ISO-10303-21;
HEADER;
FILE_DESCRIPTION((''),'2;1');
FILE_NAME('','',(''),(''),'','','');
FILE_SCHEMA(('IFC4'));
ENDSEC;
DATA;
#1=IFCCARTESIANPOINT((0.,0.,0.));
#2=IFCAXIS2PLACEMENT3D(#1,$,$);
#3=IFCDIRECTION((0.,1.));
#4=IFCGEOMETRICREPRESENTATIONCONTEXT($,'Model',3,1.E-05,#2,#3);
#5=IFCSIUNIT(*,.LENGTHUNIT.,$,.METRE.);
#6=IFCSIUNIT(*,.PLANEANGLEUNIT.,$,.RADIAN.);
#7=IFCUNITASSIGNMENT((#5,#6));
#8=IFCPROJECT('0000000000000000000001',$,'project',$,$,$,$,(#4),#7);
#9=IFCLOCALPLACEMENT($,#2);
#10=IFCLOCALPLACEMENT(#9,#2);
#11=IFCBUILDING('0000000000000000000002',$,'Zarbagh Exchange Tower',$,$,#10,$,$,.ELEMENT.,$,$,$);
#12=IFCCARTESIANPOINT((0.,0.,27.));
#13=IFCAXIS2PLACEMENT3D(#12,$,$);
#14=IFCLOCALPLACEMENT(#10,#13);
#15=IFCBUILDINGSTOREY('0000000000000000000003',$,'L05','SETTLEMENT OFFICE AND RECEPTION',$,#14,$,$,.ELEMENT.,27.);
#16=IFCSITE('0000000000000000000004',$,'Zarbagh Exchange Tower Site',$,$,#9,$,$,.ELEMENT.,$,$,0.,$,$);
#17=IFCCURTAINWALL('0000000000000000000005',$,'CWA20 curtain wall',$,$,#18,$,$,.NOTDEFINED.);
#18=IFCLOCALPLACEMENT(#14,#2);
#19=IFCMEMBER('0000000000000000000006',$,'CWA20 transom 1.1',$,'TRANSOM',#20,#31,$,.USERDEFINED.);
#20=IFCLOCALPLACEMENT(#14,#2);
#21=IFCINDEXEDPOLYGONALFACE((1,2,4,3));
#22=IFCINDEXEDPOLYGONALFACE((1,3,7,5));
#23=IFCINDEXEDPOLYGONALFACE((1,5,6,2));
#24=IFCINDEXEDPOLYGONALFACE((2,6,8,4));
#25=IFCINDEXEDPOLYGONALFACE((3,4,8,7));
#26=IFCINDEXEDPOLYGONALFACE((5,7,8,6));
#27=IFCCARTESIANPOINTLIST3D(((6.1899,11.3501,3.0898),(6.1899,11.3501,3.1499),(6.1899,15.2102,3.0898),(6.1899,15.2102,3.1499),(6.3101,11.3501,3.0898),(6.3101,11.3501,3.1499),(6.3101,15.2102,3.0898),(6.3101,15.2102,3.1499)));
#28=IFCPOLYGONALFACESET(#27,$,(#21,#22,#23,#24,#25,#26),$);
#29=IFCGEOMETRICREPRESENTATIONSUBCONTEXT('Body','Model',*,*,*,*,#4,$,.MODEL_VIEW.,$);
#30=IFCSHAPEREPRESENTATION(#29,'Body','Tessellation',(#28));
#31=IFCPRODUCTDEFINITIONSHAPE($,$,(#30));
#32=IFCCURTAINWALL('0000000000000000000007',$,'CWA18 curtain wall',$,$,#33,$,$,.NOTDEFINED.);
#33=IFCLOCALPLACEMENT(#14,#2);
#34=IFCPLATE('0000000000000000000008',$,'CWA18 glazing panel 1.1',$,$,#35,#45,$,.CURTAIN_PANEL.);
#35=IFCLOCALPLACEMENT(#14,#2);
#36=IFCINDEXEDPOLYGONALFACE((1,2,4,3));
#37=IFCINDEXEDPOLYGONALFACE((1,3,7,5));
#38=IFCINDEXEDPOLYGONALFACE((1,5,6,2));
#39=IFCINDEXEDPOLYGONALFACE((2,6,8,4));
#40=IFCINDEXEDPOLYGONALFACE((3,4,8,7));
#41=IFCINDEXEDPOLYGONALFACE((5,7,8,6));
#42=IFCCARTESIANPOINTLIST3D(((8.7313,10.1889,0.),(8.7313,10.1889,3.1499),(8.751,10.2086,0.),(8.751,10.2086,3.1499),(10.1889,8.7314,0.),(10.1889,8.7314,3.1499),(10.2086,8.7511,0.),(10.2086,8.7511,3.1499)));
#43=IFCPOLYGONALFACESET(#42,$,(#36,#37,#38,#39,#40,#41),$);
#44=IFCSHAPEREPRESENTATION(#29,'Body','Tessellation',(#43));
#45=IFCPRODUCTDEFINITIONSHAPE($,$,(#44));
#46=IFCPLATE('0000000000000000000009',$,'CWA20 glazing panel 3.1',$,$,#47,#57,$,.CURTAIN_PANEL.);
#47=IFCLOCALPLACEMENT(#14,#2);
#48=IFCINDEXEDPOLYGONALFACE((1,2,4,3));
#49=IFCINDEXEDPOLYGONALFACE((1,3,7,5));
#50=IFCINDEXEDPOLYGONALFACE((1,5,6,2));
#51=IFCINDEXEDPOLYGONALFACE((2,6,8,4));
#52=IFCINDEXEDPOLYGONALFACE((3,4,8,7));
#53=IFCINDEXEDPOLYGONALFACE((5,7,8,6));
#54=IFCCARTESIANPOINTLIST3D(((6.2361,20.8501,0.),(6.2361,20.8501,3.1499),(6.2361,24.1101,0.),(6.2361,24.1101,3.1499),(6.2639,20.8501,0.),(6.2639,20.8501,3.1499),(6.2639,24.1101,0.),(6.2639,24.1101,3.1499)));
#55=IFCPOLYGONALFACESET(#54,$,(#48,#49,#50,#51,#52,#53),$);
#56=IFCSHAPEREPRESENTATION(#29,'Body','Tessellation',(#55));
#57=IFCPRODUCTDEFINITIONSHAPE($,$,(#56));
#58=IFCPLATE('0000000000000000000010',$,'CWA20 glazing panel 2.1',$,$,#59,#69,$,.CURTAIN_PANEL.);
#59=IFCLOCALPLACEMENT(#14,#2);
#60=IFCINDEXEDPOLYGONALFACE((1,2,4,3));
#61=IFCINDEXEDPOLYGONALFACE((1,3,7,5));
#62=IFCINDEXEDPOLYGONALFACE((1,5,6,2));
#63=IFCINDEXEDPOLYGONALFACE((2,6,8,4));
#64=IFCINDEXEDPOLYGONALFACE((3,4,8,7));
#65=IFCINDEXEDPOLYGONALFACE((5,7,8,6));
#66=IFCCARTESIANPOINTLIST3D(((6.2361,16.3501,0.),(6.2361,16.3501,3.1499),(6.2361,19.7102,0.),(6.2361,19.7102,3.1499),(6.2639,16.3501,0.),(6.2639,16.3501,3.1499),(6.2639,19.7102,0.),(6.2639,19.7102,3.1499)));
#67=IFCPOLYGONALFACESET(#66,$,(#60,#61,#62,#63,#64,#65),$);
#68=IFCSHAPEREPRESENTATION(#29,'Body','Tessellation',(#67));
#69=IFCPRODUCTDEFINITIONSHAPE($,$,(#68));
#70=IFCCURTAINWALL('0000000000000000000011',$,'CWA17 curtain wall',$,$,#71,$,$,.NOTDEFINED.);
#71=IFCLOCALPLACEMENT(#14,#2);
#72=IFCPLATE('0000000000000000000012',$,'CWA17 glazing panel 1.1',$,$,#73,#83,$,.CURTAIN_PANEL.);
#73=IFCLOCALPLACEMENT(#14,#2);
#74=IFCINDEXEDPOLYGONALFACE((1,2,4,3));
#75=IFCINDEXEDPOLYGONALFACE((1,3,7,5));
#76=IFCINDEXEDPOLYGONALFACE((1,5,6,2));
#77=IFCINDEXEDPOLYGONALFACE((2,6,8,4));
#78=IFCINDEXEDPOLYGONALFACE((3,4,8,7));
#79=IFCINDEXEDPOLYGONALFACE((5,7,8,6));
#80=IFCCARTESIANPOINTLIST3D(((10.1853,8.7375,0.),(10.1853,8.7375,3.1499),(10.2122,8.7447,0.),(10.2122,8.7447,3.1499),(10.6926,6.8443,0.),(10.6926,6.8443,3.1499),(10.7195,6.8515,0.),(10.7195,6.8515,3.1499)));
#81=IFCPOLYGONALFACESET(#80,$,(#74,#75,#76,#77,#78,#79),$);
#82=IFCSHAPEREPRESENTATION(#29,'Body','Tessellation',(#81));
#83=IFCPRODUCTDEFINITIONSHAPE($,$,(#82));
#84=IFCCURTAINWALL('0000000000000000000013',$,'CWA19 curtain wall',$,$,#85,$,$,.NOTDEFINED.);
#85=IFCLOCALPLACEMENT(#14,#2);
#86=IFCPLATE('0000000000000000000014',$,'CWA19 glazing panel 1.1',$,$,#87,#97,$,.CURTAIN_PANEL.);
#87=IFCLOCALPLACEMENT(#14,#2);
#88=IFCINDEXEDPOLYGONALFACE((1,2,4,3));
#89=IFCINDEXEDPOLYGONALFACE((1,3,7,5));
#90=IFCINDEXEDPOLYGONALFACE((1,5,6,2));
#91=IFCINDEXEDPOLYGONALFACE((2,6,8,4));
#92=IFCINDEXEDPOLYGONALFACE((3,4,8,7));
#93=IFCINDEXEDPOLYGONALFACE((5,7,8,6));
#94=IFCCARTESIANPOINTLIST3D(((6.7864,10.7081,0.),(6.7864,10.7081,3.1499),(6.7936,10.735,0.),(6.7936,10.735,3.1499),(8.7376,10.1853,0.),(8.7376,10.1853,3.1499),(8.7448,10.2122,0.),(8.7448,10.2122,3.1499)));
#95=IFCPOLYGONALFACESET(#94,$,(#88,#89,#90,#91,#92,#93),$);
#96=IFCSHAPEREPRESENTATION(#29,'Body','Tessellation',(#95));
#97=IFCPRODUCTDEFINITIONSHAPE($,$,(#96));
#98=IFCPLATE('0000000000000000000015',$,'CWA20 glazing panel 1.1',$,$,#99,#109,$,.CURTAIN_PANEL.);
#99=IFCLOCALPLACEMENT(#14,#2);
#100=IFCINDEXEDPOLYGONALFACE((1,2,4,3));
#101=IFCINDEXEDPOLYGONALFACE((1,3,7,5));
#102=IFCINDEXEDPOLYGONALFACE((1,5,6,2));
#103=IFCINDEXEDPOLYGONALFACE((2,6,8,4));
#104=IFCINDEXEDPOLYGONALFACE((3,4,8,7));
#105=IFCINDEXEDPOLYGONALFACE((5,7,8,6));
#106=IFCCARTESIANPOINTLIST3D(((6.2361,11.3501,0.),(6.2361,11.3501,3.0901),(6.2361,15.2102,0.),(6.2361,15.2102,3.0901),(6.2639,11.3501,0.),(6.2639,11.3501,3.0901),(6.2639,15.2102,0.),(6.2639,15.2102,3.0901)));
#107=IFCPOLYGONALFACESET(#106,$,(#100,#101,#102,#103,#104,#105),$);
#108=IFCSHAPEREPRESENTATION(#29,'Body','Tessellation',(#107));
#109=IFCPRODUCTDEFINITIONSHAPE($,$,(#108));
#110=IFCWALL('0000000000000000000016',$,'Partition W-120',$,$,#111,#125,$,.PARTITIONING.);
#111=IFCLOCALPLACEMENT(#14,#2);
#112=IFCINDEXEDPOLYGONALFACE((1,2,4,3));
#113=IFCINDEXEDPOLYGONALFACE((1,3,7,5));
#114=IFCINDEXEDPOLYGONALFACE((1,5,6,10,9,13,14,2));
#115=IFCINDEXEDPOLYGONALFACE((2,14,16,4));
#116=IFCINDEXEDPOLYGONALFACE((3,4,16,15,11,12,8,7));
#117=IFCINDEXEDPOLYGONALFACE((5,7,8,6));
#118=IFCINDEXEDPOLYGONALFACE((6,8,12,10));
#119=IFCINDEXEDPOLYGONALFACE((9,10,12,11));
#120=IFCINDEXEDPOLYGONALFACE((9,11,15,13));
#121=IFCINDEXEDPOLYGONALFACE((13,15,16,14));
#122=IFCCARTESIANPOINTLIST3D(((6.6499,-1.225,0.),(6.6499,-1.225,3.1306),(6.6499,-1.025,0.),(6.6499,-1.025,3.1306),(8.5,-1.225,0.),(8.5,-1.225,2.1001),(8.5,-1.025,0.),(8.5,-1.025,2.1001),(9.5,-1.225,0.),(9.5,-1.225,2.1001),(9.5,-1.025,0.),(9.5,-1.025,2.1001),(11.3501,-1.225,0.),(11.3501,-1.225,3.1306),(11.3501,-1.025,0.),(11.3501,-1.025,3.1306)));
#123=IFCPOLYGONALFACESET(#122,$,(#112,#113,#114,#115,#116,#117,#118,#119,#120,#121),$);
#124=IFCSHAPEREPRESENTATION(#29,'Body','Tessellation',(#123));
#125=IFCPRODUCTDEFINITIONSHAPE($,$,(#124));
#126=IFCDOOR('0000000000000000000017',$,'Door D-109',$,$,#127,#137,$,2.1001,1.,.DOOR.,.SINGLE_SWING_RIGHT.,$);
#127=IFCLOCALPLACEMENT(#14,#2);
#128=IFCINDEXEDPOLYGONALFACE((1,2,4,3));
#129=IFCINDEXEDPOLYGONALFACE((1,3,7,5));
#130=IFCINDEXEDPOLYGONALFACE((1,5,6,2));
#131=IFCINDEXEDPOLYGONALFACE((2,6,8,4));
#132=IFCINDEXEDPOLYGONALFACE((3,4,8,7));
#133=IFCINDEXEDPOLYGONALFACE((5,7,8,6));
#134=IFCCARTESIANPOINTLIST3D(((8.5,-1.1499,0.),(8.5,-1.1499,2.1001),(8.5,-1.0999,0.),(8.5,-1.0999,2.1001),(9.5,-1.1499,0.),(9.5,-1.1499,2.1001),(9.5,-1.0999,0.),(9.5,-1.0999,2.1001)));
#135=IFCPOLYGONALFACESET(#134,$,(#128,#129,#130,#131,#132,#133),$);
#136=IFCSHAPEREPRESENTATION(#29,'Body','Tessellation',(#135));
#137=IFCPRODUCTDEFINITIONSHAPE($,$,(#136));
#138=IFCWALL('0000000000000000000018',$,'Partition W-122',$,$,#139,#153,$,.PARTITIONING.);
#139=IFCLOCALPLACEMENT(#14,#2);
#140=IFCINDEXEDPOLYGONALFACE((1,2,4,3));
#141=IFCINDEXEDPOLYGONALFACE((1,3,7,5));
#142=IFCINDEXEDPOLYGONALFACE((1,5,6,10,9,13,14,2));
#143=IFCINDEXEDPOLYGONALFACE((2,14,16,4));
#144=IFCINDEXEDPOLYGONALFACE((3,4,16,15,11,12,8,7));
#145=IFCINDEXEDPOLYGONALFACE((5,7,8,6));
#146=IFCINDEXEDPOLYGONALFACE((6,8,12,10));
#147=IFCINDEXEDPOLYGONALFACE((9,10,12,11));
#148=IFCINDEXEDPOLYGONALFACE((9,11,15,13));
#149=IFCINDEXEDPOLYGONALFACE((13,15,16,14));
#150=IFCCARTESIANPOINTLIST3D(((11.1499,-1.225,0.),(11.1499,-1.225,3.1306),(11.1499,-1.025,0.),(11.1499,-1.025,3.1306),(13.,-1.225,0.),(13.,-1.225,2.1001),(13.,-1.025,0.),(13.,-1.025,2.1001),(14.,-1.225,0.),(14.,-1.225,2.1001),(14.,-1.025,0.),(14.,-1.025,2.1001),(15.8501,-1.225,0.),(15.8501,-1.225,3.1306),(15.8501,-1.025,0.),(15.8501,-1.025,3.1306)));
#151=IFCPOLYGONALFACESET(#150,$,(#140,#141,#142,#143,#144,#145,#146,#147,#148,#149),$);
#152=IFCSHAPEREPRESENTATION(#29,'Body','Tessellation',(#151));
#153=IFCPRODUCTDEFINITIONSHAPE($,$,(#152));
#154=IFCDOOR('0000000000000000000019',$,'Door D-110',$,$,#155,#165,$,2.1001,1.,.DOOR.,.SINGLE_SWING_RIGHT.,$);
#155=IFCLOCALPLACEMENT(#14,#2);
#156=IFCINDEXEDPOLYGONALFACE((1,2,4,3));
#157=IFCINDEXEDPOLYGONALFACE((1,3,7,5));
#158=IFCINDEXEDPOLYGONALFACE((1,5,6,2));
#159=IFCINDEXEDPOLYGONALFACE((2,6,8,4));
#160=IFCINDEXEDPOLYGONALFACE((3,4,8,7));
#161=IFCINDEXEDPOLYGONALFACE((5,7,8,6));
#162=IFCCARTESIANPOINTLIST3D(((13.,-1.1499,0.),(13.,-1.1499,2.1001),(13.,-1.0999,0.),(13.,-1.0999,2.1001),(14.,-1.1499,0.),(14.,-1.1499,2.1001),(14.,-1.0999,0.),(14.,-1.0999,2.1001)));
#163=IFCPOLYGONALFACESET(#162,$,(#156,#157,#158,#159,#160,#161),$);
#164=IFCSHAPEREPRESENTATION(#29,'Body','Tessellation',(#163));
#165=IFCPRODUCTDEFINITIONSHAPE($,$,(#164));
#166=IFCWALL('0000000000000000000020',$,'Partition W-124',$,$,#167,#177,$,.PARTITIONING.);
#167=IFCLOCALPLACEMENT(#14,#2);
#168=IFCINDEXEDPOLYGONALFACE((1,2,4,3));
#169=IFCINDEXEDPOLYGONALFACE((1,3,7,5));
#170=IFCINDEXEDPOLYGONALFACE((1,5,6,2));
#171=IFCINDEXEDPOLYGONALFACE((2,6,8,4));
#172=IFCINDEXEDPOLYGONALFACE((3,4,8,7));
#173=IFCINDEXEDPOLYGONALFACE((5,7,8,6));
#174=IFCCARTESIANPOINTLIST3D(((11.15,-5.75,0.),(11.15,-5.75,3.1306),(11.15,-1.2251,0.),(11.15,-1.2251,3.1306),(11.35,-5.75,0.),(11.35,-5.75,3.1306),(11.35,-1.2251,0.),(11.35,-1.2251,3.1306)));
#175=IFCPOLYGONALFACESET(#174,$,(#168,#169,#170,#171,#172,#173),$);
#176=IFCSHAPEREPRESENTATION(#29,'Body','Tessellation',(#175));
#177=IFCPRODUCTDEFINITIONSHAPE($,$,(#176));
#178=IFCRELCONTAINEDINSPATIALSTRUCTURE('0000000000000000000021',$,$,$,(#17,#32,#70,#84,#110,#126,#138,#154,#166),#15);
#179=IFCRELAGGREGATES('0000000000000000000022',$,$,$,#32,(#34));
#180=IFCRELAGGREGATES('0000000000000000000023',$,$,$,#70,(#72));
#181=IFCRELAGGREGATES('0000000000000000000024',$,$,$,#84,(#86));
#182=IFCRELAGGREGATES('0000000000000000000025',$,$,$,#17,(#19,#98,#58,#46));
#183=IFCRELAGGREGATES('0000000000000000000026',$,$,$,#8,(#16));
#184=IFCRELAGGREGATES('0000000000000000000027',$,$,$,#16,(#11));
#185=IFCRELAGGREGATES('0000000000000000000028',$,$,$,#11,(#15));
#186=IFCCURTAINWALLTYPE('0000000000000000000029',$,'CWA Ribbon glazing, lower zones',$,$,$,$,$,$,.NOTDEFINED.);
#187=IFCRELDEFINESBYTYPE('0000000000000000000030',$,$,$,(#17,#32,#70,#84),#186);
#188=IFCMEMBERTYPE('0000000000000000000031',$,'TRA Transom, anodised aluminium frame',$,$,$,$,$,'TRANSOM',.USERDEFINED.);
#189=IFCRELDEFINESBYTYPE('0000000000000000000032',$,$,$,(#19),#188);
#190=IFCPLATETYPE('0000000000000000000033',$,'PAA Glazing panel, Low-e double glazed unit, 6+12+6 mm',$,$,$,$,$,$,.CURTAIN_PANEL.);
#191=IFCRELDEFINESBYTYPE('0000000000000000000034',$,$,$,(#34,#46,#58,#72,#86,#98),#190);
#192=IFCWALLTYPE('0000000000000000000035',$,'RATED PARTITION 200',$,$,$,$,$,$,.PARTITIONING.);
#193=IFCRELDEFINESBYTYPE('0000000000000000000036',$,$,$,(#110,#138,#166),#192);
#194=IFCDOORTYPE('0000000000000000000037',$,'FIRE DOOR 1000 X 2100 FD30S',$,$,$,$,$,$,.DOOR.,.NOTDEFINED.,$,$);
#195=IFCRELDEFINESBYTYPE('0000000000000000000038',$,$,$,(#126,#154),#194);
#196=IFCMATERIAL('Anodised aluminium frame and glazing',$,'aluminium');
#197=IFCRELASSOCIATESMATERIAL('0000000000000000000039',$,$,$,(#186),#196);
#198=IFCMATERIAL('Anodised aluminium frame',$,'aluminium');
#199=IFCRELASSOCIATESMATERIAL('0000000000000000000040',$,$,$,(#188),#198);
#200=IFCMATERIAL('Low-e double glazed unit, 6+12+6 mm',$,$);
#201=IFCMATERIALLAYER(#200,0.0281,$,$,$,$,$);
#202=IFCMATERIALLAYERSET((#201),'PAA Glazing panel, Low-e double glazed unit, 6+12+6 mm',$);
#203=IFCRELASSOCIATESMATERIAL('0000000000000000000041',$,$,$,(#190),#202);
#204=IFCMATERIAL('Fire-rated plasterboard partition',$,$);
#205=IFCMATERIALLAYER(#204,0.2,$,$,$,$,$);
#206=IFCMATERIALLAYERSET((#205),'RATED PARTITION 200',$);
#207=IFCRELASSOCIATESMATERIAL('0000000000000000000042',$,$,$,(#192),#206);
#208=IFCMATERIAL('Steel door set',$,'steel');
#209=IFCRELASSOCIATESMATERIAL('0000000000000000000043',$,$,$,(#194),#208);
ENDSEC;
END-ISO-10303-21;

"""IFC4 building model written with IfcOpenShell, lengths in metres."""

from ifc_helpers import new_model, si_unit, direction, frame, frame_2d, origin, place, context, subcontext, project, spatial, polyline, rectangle, outline, extrude, source, transform, mapped, material, layer, layer_set, type_object, element, fill, aggregate, save


model = new_model("IFC4")

# Units and contexts
model_context = context("Model", 3, precision=1e-05, world=origin(), true_north=direction((0.0, 1.0)))
body_context = subcontext(model_context, "Body", "Model", "MODEL_VIEW")
ifc_project = project(units=[si_unit("LENGTHUNIT", "METRE"), si_unit("PLANEANGLEUNIT", "RADIAN")], contexts=[model_context])

# Site, building, storey
site_placement = place(None, origin())
site = spatial("IfcSite", under=ifc_project, at=site_placement, Name="Zarbagh Exchange Tower Site", CompositionType="ELEMENT", RefElevation=0.0)
building_placement = place(site_placement, origin())
building = spatial("IfcBuilding", under=site, at=building_placement, Name="Zarbagh Exchange Tower", CompositionType="ELEMENT")
storey_placement = place(building_placement, frame((0.0, 0.0, 27.0)))
storey = spatial("IfcBuildingStorey", under=building, at=storey_placement, Name="L05", Description="SETTLEMENT OFFICE AND RECEPTION", CompositionType="ELEMENT", Elevation=27.0)

# Curtain wall, member
ifc_material_1 = material(Name="Anodised aluminium frame and glazing", Category="aluminium")
curtain_wall_type = type_object("IfcCurtainWallType", Name="CWA Ribbon glazing, lower zones", PredefinedType="NOTDEFINED", material=ifc_material_1)
curtain_wall_1_placement = place(storey_placement, origin())
curtain_wall_1 = element("IfcCurtainWall", 1, at=curtain_wall_1_placement, inside=storey, type_object=curtain_wall_type, Name="CWA20 curtain wall", PredefinedType="NOTDEFINED")
ifc_material_2 = material(Name="Anodised aluminium frame", Category="aluminium")
placement = place(storey_placement, origin())
member_type_1 = type_object("IfcMemberType", Name="TRA Transom, anodised aluminium frame", ElementType="TRANSOM", PredefinedType="USERDEFINED", material=ifc_material_2)
shared_shape_1 = source(origin(), body_context, "Body", "SweptSolid", [
    extrude(outline(polyline([(-0.0601, -0.0601), (0.0, -0.0601), (0.0, 0.0601), (-0.0601, 0.0601), (-0.0601, -0.0601)])), origin(), (0.0, 0.0, 1.0), 3.8601),
])
member_1 = element("IfcMember", 2, at=placement, type_object=member_type_1, Name="CWA20 transom 1.1", ObjectType="TRANSOM", PredefinedType="USERDEFINED", context=body_context, shape_type="MappedRepresentation", body=[
    mapped(shared_shape_1, transform((6.25, 11.3501, 3.1499), x_axis=(0.0, 0.0, 1.0), y_axis=(1.0, 0.0, 0.0), z_axis=(0.0, 1.0, 0.0))),
])

# Curtain wall, plate
curtain_wall_2_placement = place(storey_placement, origin())
curtain_wall_2 = element("IfcCurtainWall", 3, at=curtain_wall_2_placement, inside=storey, type_object=curtain_wall_type, Name="CWA18 curtain wall", PredefinedType="NOTDEFINED")
ifc_material_3 = material(Name="Low-e double glazed unit, 6+12+6 mm")
ifc_layer_1 = layer(ifc_material_3, 0.0281)
ifc_layer_set_1 = layer_set([ifc_layer_1], Name="PAA Glazing panel, Low-e double glazed unit, 6+12+6 mm")
plate_type = type_object("IfcPlateType", Name="PAA Glazing panel, Low-e double glazed unit, 6+12+6 mm", PredefinedType="CURTAIN_PANEL", material=ifc_layer_set_1)
shared_shape_2 = source(origin(), body_context, "Body", "SweptSolid", [
    extrude(outline(polyline([(0.0, -0.0139), (2.0613, -0.0139), (2.0613, 0.0139), (0.0, 0.0139), (0.0, -0.0139)])), origin(), (0.0, 0.0, 1.0), 3.1499),
])
plate_1 = element("IfcPlate", 4, at=placement, type_object=plate_type, Name="CWA18 glazing panel 1.1", PredefinedType="CURTAIN_PANEL", context=body_context, shape_type="MappedRepresentation", body=[
    mapped(shared_shape_2, transform((10.1987, 8.7412, 0.0), x_axis=(-0.707107, 0.707107, 0.0), y_axis=(-0.707107, -0.707107, 0.0), z_axis=(0.0, 0.0, 1.0))),
])
aggregate(curtain_wall_2, [plate_1])

# Plates
shared_shape_3 = source(origin(), body_context, "Body", "SweptSolid", [
    extrude(outline(polyline([(0.0, -0.0139), (3.26, -0.0139), (3.26, 0.0139), (0.0, 0.0139), (0.0, -0.0139)])), origin(), (0.0, 0.0, 1.0), 3.1499),
])
plate_2 = element("IfcPlate", 5, at=placement, type_object=plate_type, Name="CWA20 glazing panel 3.1", PredefinedType="CURTAIN_PANEL", context=body_context, shape_type="MappedRepresentation", body=[
    mapped(shared_shape_3, transform((6.25, 20.8501, 0.0), x_axis=(0.0, 1.0, 0.0), y_axis=(-1.0, 0.0, 0.0), z_axis=(0.0, 0.0, 1.0))),
])
shared_shape_4 = source(origin(), body_context, "Body", "SweptSolid", [
    extrude(outline(polyline([(0.0, -0.0139), (3.3601, -0.0139), (3.3601, 0.0139), (0.0, 0.0139), (0.0, -0.0139)])), origin(), (0.0, 0.0, 1.0), 3.1499),
])
plate_3 = element("IfcPlate", 6, at=placement, type_object=plate_type, Name="CWA20 glazing panel 2.1", PredefinedType="CURTAIN_PANEL", context=body_context, shape_type="MappedRepresentation", body=[
    mapped(shared_shape_4, transform((6.25, 16.3501, 0.0), x_axis=(0.0, 1.0, 0.0), y_axis=(-1.0, 0.0, 0.0), z_axis=(0.0, 0.0, 1.0))),
])

# Curtain walls, plates
curtain_wall_3_placement = place(storey_placement, origin())
curtain_wall_3 = element("IfcCurtainWall", 7, at=curtain_wall_3_placement, inside=storey, type_object=curtain_wall_type, Name="CWA17 curtain wall", PredefinedType="NOTDEFINED")
shared_shape_5 = source(origin(), body_context, "Body", "SweptSolid", [
    extrude(outline(polyline([(0.0, -0.0139), (1.96, -0.0139), (1.96, 0.0139), (0.0, 0.0139), (0.0, -0.0139)])), origin(), (0.0, 0.0, 1.0), 3.1499),
])
plate_4 = element("IfcPlate", 8, at=placement, type_object=plate_type, Name="CWA17 glazing panel 1.1", PredefinedType="CURTAIN_PANEL", context=body_context, shape_type="MappedRepresentation", body=[
    mapped(shared_shape_5, transform((10.7061, 6.8479, 0.0), x_axis=(-0.258825, 0.965924, 0.0), y_axis=(-0.965924, -0.258825, 0.0), z_axis=(0.0, 0.0, 1.0))),
])
aggregate(curtain_wall_3, [plate_4])
curtain_wall_4_placement = place(storey_placement, origin())
curtain_wall_4 = element("IfcCurtainWall", 9, at=curtain_wall_4_placement, inside=storey, type_object=curtain_wall_type, Name="CWA19 curtain wall", PredefinedType="NOTDEFINED")
shared_shape_6 = source(origin(), body_context, "Body", "SweptSolid", [
    extrude(outline(polyline([(0.0, -0.0139), (2.02, -0.0139), (2.02, 0.0139), (0.0, 0.0139), (0.0, -0.0139)])), origin(), (0.0, 0.0, 1.0), 3.1499),
])
plate_5 = element("IfcPlate", 10, at=placement, type_object=plate_type, Name="CWA19 glazing panel 1.1", PredefinedType="CURTAIN_PANEL", context=body_context, shape_type="MappedRepresentation", body=[
    mapped(shared_shape_6, transform((8.7412, 10.1987, 0.0), x_axis=(-0.965924, 0.258825, 0.0), y_axis=(-0.258825, -0.965924, 0.0), z_axis=(0.0, 0.0, 1.0))),
])
aggregate(curtain_wall_4, [plate_5])

# Plate
shared_shape_7 = source(origin(), body_context, "Body", "SweptSolid", [
    extrude(outline(polyline([(0.0, -0.0139), (3.8601, -0.0139), (3.8601, 0.0139), (0.0, 0.0139), (0.0, -0.0139)])), origin(), (0.0, 0.0, 1.0), 3.0901),
])
plate_6 = element("IfcPlate", 11, at=placement, type_object=plate_type, Name="CWA20 glazing panel 1.1", PredefinedType="CURTAIN_PANEL", context=body_context, shape_type="MappedRepresentation", body=[
    mapped(shared_shape_7, transform((6.25, 11.3501, 0.0), x_axis=(0.0, 1.0, 0.0), y_axis=(-1.0, 0.0, 0.0), z_axis=(0.0, 0.0, 1.0))),
])
aggregate(curtain_wall_1, [member_1, plate_6, plate_3, plate_2])

# Walls, openings, doors
ifc_material_4 = material(Name="Fire-rated plasterboard partition")
ifc_layer_2 = layer(ifc_material_4, 0.2)
ifc_layer_set_2 = layer_set([ifc_layer_2], Name="RATED PARTITION 200")
wall_type = type_object("IfcWallType", Name="RATED PARTITION 200", PredefinedType="PARTITIONING", material=ifc_layer_set_2)
wall_1_placement = place(storey_placement, frame((11.3501, -1.125, 0.0), z_axis=(0.0, 0.0, 1.0), x_axis=(-1.0, 0.0, 0.0)))
wall_1 = element("IfcWall", 12, at=wall_1_placement, inside=storey, type_object=wall_type, Name="Partition W-120", PredefinedType="PARTITIONING", context=body_context, shape_type="SweptSolid", body=[
    extrude(rectangle(XDim=4.7002, YDim=0.2, at=frame_2d((2.3501, 0.0))), origin(), (0.0, 0.0, 1.0), 3.1306),
])
opening_1_placement = place(wall_1_placement, frame((1.8501, 0.0, 0.0)))
opening_1 = element("IfcOpeningElement", 13, at=opening_1_placement, cuts=wall_1, PredefinedType="OPENING", context=body_context, shape_type="SweptSolid", body=[
    extrude(rectangle(XDim=1.0, YDim=2.1001, at=frame_2d((0.5, 1.05))), frame((0.0, 0.1099, 0.0), z_axis=(0.0, -1.0, 0.0), x_axis=(1.0, 0.0, 0.0)), (0.0, 0.0, 1.0), 0.22),
])
ifc_material_5 = material(Name="Steel door set", Category="steel")
door_type = type_object("IfcDoorType", Name="FIRE DOOR 1000 X 2100 FD30S", OperationType="NOTDEFINED", PredefinedType="DOOR", material=ifc_material_5)
door_1_placement = place(opening_1_placement, origin())
door_1 = element("IfcDoor", 14, at=door_1_placement, inside=storey, type_object=door_type, Name="Door D-109", OperationType="SINGLE_SWING_RIGHT", OverallHeight=2.1001, OverallWidth=1.0, PredefinedType="DOOR", context=body_context, shape_type="SweptSolid", body=[
    extrude(rectangle(XDim=1.0, YDim=2.1001, at=frame_2d((0.5, 1.05))), frame((0.0, 0.0249, 0.0), z_axis=(0.0, -1.0, 0.0), x_axis=(1.0, 0.0, 0.0)), (0.0, 0.0, 1.0), 0.05),
])
fill(opening_1, door_1)
wall_2_placement = place(storey_placement, frame((15.8501, -1.125, 0.0), z_axis=(0.0, 0.0, 1.0), x_axis=(-1.0, 0.0, 0.0)))
wall_2 = element("IfcWall", 15, at=wall_2_placement, inside=storey, type_object=wall_type, Name="Partition W-122", PredefinedType="PARTITIONING", context=body_context, shape_type="SweptSolid", body=[
    extrude(rectangle(XDim=4.7002, YDim=0.2, at=frame_2d((2.3501, 0.0))), origin(), (0.0, 0.0, 1.0), 3.1306),
])
opening_2_placement = place(wall_2_placement, frame((1.8501, 0.0, 0.0)))
opening_2 = element("IfcOpeningElement", 16, at=opening_2_placement, cuts=wall_2, PredefinedType="OPENING", context=body_context, shape_type="SweptSolid", body=[
    extrude(rectangle(XDim=1.0, YDim=2.1001, at=frame_2d((0.5, 1.05))), frame((0.0, 0.1099, 0.0), z_axis=(0.0, -1.0, 0.0), x_axis=(1.0, 0.0, 0.0)), (0.0, 0.0, 1.0), 0.22),
])
door_2_placement = place(opening_2_placement, origin())
door_2 = element("IfcDoor", 17, at=door_2_placement, inside=storey, type_object=door_type, Name="Door D-110", OperationType="SINGLE_SWING_RIGHT", OverallHeight=2.1001, OverallWidth=1.0, PredefinedType="DOOR", context=body_context, shape_type="SweptSolid", body=[
    extrude(rectangle(XDim=1.0, YDim=2.1001, at=frame_2d((0.5, 1.05))), frame((0.0, 0.0249, 0.0), z_axis=(0.0, -1.0, 0.0), x_axis=(1.0, 0.0, 0.0)), (0.0, 0.0, 1.0), 0.05),
])
fill(opening_2, door_2)

# Wall
wall_3_placement = place(storey_placement, frame((11.25, -5.75, 0.0), z_axis=(0.0, 0.0, 1.0), x_axis=(0.0, 1.0, 0.0)))
element("IfcWall", 18, at=wall_3_placement, inside=storey, type_object=wall_type, Name="Partition W-124", PredefinedType="PARTITIONING", context=body_context, shape_type="SweptSolid", body=[
    extrude(rectangle(XDim=4.5249, YDim=0.2, at=frame_2d((2.2625, 0.0))), origin(), (0.0, 0.0, 1.0), 3.1306),
])

save(model, "model.ifc")
